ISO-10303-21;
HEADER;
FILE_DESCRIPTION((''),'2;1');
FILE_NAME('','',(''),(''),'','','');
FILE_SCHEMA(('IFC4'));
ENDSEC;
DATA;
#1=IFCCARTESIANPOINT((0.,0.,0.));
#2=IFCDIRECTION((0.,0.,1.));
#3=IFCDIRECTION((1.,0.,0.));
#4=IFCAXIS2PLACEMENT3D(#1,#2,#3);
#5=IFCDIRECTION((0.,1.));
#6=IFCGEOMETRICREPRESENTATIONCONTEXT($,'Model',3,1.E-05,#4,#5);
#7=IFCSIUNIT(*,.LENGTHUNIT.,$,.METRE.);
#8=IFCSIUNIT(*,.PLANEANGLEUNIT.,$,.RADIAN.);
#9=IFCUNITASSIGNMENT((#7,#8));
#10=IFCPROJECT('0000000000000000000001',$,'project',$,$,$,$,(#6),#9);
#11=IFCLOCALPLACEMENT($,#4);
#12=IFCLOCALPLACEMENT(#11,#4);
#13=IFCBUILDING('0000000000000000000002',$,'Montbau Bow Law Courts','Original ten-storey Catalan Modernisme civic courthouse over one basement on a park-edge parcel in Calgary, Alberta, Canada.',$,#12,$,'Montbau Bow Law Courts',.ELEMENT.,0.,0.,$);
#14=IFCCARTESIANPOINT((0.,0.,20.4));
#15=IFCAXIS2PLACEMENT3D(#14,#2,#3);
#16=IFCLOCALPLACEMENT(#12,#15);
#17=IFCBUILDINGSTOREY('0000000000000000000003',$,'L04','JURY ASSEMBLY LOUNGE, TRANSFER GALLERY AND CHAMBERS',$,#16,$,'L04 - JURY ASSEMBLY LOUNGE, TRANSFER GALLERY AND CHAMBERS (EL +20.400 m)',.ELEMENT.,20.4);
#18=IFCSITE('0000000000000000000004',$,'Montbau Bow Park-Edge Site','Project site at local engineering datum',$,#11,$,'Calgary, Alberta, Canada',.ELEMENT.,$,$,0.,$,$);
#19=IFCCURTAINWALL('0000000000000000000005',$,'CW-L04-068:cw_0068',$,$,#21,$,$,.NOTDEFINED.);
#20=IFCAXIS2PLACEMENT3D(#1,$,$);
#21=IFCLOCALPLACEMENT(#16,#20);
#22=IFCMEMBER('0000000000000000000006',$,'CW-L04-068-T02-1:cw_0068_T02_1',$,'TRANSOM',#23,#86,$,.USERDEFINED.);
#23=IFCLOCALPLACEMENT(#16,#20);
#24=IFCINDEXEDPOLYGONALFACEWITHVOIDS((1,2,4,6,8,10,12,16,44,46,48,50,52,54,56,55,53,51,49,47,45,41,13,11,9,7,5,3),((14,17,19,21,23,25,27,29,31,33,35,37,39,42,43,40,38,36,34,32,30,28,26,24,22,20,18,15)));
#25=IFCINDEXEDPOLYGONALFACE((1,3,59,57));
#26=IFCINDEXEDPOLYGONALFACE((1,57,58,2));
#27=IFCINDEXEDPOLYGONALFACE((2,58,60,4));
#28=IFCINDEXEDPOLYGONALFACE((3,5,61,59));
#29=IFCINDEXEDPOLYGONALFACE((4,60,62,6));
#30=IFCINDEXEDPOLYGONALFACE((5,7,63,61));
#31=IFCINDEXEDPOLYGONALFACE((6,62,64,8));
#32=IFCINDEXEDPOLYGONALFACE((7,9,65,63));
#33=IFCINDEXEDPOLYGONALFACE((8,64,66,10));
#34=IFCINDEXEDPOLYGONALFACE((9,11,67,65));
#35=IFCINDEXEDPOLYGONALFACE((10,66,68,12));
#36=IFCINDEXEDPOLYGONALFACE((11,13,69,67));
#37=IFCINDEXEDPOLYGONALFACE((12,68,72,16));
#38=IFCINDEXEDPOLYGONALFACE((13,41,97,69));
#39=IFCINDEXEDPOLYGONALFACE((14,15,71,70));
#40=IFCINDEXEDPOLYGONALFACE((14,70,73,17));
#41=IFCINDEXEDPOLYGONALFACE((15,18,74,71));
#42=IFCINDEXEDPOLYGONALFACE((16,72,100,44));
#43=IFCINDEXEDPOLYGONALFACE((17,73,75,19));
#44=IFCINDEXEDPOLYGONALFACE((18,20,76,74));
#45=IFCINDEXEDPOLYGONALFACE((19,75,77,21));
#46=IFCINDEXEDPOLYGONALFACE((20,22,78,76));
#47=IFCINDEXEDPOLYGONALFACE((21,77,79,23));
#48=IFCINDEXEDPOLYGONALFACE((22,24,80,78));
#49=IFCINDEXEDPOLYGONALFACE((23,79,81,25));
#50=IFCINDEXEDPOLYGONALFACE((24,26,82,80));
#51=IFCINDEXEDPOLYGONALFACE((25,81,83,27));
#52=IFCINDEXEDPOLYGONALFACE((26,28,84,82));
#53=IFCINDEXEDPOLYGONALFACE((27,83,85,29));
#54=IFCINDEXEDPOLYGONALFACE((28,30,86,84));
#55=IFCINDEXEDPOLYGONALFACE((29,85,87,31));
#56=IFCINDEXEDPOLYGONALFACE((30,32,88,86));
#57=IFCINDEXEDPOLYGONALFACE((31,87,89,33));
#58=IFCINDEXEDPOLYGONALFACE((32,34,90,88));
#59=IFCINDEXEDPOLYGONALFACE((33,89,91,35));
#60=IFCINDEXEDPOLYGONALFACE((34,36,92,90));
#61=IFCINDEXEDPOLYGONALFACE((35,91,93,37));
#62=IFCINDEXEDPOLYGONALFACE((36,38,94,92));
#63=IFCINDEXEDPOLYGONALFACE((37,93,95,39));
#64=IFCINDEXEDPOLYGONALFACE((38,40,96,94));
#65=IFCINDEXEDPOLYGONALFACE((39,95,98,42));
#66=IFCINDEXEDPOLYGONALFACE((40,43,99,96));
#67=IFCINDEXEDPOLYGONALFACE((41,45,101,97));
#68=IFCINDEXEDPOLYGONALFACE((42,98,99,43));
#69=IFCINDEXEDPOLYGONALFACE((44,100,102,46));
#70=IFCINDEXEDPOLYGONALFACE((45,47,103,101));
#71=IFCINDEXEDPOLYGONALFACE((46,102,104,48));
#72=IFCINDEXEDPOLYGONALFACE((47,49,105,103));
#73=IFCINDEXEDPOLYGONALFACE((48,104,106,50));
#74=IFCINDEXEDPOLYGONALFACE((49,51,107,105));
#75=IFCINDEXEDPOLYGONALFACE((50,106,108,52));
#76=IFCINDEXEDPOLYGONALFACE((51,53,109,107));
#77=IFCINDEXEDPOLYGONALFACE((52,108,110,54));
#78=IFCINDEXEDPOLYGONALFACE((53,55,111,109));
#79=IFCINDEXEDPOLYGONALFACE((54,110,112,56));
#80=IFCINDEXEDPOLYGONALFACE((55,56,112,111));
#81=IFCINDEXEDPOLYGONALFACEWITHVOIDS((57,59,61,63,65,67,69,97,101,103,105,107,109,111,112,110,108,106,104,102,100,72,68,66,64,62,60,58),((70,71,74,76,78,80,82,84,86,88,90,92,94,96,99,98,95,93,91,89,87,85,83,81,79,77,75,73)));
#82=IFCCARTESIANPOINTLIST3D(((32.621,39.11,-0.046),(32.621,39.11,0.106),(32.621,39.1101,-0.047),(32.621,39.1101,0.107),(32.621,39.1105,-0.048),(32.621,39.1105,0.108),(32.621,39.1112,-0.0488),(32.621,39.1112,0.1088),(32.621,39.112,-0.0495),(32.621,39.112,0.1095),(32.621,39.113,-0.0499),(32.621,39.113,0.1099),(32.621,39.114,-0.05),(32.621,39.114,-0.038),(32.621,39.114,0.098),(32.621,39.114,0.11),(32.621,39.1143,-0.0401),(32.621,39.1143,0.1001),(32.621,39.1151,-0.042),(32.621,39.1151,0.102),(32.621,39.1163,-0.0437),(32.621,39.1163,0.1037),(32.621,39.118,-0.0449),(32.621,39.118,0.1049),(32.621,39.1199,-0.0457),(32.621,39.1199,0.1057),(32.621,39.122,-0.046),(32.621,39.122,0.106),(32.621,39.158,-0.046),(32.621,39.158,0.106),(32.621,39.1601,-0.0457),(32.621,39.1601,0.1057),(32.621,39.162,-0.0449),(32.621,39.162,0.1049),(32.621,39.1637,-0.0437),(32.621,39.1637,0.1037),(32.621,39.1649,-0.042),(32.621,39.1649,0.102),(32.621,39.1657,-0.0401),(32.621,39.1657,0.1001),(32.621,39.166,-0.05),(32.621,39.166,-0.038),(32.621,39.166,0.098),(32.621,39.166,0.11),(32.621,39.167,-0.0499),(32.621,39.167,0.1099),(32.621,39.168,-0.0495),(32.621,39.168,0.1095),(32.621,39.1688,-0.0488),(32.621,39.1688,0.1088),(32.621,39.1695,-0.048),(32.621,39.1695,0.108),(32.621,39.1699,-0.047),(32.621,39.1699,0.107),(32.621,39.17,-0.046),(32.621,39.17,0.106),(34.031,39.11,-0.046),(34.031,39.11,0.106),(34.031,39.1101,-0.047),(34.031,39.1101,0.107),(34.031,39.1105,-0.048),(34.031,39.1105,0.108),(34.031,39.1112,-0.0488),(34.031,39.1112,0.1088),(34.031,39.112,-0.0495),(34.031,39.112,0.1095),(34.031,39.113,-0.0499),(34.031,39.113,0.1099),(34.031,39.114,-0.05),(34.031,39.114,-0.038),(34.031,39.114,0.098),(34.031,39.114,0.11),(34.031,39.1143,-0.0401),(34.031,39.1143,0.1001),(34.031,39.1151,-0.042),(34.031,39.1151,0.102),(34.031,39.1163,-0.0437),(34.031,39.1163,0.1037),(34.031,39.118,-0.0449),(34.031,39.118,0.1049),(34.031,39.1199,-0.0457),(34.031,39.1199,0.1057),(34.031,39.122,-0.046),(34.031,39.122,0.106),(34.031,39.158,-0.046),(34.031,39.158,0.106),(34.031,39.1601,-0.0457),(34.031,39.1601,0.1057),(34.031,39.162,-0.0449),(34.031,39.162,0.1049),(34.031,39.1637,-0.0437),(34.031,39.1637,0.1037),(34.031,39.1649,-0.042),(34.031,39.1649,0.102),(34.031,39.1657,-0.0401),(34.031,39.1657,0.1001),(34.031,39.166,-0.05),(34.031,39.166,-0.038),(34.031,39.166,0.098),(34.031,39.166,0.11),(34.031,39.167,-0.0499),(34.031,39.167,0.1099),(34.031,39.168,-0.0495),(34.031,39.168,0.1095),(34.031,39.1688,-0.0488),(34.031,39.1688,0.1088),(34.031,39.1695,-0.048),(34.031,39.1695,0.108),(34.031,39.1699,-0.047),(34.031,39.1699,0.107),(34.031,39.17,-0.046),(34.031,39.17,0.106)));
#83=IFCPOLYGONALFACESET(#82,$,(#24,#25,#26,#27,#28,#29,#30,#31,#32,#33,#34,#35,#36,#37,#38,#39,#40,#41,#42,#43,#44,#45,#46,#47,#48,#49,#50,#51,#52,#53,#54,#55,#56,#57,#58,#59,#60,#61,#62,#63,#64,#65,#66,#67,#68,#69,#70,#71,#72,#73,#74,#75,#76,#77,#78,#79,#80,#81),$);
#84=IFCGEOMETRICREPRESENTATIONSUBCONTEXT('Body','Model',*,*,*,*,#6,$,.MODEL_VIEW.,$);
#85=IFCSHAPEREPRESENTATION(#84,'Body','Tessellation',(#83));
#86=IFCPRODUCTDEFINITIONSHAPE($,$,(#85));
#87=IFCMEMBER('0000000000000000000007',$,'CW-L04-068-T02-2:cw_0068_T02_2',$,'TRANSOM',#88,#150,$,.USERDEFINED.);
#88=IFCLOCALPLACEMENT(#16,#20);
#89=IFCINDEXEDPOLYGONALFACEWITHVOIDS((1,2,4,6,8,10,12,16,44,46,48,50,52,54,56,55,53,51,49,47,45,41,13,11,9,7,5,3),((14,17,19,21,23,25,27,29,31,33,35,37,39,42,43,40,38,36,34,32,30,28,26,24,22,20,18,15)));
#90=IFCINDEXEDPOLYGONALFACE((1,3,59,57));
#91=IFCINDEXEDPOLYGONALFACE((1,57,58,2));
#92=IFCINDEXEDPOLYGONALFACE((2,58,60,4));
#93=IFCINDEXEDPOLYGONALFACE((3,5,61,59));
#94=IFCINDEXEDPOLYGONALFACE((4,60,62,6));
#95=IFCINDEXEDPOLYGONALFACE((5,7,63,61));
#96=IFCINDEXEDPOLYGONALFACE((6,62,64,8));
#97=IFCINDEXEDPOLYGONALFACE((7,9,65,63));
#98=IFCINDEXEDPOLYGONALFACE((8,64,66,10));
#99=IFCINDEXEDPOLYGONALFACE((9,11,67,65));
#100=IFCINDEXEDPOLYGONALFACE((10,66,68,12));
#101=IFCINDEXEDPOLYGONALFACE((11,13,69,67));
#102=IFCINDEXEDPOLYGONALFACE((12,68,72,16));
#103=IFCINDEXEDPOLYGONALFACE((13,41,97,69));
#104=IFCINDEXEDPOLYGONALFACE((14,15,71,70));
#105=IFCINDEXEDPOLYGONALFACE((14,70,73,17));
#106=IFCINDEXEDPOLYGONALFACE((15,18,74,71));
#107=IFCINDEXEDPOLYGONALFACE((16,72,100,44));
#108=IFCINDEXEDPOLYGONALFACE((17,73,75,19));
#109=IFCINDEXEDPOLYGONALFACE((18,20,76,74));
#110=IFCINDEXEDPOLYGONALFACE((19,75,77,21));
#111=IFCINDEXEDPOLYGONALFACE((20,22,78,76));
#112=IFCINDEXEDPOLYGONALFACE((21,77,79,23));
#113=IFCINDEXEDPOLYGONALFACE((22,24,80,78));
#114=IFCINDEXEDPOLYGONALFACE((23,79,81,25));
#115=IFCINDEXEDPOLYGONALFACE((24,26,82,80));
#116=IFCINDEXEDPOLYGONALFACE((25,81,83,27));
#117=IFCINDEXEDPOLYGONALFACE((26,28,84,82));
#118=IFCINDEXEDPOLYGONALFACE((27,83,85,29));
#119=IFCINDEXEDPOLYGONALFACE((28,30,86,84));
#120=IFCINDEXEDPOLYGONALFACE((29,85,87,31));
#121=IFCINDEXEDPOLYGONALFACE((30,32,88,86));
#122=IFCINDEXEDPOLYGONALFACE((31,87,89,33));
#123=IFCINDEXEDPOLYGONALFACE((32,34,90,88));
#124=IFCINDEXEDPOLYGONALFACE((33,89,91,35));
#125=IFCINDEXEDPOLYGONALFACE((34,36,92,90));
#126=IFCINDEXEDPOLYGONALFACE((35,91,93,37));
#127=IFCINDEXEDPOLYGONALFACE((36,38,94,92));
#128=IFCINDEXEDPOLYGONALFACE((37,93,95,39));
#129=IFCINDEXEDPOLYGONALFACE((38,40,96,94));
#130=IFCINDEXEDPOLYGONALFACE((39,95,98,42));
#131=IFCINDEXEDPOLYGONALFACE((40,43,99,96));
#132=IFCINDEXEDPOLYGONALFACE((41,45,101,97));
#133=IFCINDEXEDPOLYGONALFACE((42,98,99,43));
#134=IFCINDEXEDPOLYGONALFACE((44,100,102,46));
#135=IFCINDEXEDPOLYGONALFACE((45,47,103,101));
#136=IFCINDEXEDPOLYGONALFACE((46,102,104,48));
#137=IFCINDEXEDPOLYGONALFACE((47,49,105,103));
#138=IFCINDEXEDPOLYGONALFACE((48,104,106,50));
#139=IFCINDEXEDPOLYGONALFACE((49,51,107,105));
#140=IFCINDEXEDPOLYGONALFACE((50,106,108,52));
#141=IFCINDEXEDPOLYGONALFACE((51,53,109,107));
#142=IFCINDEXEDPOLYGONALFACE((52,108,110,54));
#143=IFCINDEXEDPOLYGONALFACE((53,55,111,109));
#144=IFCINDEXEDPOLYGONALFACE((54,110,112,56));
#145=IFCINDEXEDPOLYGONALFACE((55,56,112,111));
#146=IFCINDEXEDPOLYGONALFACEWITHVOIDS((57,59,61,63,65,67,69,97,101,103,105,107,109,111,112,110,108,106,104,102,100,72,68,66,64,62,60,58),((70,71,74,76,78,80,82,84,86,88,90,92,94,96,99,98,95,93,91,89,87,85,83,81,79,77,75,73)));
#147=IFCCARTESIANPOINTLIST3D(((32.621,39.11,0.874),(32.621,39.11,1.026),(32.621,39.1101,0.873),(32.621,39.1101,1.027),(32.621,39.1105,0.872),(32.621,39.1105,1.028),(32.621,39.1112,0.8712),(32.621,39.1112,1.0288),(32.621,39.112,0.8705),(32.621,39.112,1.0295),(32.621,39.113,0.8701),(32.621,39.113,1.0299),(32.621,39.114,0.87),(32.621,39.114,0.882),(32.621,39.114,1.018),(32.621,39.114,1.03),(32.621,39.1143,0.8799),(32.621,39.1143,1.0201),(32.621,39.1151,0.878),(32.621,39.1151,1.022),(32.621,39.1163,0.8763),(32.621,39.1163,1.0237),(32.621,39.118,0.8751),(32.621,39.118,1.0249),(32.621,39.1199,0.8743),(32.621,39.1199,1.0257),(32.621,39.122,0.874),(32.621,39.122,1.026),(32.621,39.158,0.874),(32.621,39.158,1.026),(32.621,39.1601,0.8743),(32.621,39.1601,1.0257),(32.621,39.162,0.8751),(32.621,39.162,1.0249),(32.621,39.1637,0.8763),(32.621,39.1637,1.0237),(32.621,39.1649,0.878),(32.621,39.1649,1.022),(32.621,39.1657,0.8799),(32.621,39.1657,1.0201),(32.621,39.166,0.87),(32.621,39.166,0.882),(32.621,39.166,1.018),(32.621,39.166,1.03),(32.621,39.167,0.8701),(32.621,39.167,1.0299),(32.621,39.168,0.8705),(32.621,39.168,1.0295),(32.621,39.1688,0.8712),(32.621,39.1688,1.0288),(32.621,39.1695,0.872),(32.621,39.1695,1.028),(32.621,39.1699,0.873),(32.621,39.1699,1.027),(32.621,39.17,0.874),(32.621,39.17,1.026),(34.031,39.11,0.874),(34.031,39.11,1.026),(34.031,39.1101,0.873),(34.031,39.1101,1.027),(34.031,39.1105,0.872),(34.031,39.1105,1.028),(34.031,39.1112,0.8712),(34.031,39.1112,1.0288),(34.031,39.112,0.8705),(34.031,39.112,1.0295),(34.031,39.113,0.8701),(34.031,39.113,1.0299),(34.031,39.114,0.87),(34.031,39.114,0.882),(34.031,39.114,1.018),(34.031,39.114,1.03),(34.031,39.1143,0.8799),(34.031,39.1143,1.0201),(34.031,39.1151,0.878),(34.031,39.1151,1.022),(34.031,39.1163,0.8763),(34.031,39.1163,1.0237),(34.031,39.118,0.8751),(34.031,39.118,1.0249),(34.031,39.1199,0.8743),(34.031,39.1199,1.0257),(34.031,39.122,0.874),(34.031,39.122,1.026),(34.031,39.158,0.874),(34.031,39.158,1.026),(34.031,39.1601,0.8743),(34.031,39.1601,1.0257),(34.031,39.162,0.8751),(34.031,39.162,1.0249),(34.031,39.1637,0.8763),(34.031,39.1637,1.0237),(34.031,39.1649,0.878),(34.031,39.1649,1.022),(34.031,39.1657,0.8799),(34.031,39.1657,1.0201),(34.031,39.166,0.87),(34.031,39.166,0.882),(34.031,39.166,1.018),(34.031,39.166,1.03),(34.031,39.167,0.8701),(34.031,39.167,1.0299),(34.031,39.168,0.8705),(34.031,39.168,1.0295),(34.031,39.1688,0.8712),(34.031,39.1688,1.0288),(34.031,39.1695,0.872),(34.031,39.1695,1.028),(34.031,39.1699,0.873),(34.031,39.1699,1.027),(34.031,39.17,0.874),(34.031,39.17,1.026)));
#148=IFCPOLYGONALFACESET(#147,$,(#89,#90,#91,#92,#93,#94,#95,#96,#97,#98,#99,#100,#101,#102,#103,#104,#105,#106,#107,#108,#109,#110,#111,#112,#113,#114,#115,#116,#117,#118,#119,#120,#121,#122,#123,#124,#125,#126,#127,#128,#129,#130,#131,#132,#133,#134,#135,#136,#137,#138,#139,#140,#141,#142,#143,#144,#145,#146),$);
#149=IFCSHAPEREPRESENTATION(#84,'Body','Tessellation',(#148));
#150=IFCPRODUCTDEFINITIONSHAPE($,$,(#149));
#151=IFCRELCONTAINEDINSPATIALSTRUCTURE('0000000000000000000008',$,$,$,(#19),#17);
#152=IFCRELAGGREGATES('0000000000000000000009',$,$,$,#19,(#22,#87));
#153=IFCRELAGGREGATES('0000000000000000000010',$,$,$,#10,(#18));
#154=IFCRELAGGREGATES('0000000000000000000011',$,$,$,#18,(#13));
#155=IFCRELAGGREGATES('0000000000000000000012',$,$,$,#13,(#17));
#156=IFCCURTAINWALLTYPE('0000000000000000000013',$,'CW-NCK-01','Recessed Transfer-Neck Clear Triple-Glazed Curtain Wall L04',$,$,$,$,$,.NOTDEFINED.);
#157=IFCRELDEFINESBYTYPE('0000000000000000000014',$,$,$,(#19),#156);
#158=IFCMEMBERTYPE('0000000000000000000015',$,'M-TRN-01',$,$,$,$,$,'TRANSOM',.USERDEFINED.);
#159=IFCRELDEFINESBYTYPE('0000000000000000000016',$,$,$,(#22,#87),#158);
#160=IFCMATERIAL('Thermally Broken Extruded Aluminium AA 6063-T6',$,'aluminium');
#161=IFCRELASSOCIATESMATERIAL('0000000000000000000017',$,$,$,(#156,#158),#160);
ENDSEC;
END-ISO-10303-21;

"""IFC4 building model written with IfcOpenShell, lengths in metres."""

from ifc_helpers import new_model, si_unit, direction, frame, origin_with_axes, origin_2d_with_axis, place, context, subcontext, project, spatial, hollow_rectangle, extrude, material, material_profile, profile_set, type_object, element, aggregate, save


model = new_model("IFC4")

# Units and contexts
model_context = context("Model", 3, precision=1e-05, world=origin_with_axes(), true_north=direction((0.0, 1.0)))
body_context = subcontext(model_context, "Body", "Model", "MODEL_VIEW")
ifc_project = project(units=[si_unit("LENGTHUNIT", "METRE"), si_unit("PLANEANGLEUNIT", "RADIAN")], contexts=[model_context])

# Site, building, storey
site_placement = place(None, origin_with_axes())
site = spatial("IfcSite", under=ifc_project, at=site_placement, Name="Montbau Bow Park-Edge Site", Description="Project site at local engineering datum", LongName="Calgary, Alberta, Canada", CompositionType="ELEMENT", RefElevation=0.0)
building_placement = place(site_placement, origin_with_axes())
building = spatial("IfcBuilding", under=site, at=building_placement, Name="Montbau Bow Law Courts", Description="Original ten-storey Catalan Modernisme civic courthouse over one basement on a park-edge parcel in Calgary, Alberta, Canada.", LongName="Montbau Bow Law Courts", CompositionType="ELEMENT", ElevationOfRefHeight=0.0, ElevationOfTerrain=0.0)
storey_placement = place(building_placement, frame((0.0, 0.0, 20.4), z_axis=(0.0, 0.0, 1.0), x_axis=(1.0, 0.0, 0.0)))
storey = spatial("IfcBuildingStorey", under=building, at=storey_placement, Name="L04", Description="JURY ASSEMBLY LOUNGE, TRANSFER GALLERY AND CHAMBERS", LongName="L04 - JURY ASSEMBLY LOUNGE, TRANSFER GALLERY AND CHAMBERS (EL +20.400 m)", CompositionType="ELEMENT", Elevation=20.4)

# Curtain wall, members
ifc_material_1 = material(Name="Thermally Broken Extruded Aluminium AA 6063-T6", Category="aluminium")
curtain_wall_type = type_object("IfcCurtainWallType", Name="CW-NCK-01", Description="Recessed Transfer-Neck Clear Triple-Glazed Curtain Wall L04", PredefinedType="NOTDEFINED", material=ifc_material_1)
curtain_wall_placement = place(None, frame((31.115, 39.14, 20.4), z_axis=(0.0, 0.0, 1.0), x_axis=(1.0, 0.0, 0.0)))
curtain_wall = element("IfcCurtainWall", 1, at=curtain_wall_placement, inside=storey, type_object=curtain_wall_type, Name="CW-L04-068:cw_0068", PredefinedType="NOTDEFINED")
ifc_material_profile_1 = material_profile(ifc_material_1, hollow_rectangle(XDim=0.06, YDim=0.16, WallThickness=0.004, InnerFilletRadius=0.008, OuterFilletRadius=0.004, at=origin_2d_with_axis()), Name="CWT-160X60", Category="Main", Priority=0)
ifc_profile_set_1 = profile_set([ifc_material_profile_1], Name="Thermally Broken Extruded Aluminium AA 6063-T6")
member_type_1 = type_object("IfcMemberType", Name="M-TRN-01", ElementType="TRANSOM", PredefinedType="USERDEFINED", material=ifc_profile_set_1)
member_1_placement = place(None, frame((32.621, 39.14, 20.43), z_axis=(1.0, 0.0, 0.0), x_axis=(0.0, 1.0, 0.0)))
member_1 = element("IfcMember", 2, at=member_1_placement, type_object=member_type_1, Name="CW-L04-068-T02-1:cw_0068_T02_1", ObjectType="TRANSOM", PredefinedType="USERDEFINED", context=body_context, shape_type="SweptSolid", body=[
    extrude(hollow_rectangle(XDim=0.06, YDim=0.16, WallThickness=0.004, InnerFilletRadius=0.008, OuterFilletRadius=0.004, at=origin_2d_with_axis()), origin_with_axes(), (0.0, 0.0, 1.0), 1.41),
])
member_2_placement = place(None, frame((32.621, 39.14, 21.35), z_axis=(1.0, 0.0, 0.0), x_axis=(0.0, 1.0, 0.0)))
member_2 = element("IfcMember", 3, at=member_2_placement, type_object=member_type_1, Name="CW-L04-068-T02-2:cw_0068_T02_2", ObjectType="TRANSOM", PredefinedType="USERDEFINED", context=body_context, shape_type="SweptSolid", body=[
    extrude(hollow_rectangle(XDim=0.06, YDim=0.16, WallThickness=0.004, InnerFilletRadius=0.008, OuterFilletRadius=0.004, at=origin_2d_with_axis()), origin_with_axes(), (0.0, 0.0, 1.0), 1.41),
])
aggregate(curtain_wall, [member_1, member_2])

save(model, "model.ifc")
